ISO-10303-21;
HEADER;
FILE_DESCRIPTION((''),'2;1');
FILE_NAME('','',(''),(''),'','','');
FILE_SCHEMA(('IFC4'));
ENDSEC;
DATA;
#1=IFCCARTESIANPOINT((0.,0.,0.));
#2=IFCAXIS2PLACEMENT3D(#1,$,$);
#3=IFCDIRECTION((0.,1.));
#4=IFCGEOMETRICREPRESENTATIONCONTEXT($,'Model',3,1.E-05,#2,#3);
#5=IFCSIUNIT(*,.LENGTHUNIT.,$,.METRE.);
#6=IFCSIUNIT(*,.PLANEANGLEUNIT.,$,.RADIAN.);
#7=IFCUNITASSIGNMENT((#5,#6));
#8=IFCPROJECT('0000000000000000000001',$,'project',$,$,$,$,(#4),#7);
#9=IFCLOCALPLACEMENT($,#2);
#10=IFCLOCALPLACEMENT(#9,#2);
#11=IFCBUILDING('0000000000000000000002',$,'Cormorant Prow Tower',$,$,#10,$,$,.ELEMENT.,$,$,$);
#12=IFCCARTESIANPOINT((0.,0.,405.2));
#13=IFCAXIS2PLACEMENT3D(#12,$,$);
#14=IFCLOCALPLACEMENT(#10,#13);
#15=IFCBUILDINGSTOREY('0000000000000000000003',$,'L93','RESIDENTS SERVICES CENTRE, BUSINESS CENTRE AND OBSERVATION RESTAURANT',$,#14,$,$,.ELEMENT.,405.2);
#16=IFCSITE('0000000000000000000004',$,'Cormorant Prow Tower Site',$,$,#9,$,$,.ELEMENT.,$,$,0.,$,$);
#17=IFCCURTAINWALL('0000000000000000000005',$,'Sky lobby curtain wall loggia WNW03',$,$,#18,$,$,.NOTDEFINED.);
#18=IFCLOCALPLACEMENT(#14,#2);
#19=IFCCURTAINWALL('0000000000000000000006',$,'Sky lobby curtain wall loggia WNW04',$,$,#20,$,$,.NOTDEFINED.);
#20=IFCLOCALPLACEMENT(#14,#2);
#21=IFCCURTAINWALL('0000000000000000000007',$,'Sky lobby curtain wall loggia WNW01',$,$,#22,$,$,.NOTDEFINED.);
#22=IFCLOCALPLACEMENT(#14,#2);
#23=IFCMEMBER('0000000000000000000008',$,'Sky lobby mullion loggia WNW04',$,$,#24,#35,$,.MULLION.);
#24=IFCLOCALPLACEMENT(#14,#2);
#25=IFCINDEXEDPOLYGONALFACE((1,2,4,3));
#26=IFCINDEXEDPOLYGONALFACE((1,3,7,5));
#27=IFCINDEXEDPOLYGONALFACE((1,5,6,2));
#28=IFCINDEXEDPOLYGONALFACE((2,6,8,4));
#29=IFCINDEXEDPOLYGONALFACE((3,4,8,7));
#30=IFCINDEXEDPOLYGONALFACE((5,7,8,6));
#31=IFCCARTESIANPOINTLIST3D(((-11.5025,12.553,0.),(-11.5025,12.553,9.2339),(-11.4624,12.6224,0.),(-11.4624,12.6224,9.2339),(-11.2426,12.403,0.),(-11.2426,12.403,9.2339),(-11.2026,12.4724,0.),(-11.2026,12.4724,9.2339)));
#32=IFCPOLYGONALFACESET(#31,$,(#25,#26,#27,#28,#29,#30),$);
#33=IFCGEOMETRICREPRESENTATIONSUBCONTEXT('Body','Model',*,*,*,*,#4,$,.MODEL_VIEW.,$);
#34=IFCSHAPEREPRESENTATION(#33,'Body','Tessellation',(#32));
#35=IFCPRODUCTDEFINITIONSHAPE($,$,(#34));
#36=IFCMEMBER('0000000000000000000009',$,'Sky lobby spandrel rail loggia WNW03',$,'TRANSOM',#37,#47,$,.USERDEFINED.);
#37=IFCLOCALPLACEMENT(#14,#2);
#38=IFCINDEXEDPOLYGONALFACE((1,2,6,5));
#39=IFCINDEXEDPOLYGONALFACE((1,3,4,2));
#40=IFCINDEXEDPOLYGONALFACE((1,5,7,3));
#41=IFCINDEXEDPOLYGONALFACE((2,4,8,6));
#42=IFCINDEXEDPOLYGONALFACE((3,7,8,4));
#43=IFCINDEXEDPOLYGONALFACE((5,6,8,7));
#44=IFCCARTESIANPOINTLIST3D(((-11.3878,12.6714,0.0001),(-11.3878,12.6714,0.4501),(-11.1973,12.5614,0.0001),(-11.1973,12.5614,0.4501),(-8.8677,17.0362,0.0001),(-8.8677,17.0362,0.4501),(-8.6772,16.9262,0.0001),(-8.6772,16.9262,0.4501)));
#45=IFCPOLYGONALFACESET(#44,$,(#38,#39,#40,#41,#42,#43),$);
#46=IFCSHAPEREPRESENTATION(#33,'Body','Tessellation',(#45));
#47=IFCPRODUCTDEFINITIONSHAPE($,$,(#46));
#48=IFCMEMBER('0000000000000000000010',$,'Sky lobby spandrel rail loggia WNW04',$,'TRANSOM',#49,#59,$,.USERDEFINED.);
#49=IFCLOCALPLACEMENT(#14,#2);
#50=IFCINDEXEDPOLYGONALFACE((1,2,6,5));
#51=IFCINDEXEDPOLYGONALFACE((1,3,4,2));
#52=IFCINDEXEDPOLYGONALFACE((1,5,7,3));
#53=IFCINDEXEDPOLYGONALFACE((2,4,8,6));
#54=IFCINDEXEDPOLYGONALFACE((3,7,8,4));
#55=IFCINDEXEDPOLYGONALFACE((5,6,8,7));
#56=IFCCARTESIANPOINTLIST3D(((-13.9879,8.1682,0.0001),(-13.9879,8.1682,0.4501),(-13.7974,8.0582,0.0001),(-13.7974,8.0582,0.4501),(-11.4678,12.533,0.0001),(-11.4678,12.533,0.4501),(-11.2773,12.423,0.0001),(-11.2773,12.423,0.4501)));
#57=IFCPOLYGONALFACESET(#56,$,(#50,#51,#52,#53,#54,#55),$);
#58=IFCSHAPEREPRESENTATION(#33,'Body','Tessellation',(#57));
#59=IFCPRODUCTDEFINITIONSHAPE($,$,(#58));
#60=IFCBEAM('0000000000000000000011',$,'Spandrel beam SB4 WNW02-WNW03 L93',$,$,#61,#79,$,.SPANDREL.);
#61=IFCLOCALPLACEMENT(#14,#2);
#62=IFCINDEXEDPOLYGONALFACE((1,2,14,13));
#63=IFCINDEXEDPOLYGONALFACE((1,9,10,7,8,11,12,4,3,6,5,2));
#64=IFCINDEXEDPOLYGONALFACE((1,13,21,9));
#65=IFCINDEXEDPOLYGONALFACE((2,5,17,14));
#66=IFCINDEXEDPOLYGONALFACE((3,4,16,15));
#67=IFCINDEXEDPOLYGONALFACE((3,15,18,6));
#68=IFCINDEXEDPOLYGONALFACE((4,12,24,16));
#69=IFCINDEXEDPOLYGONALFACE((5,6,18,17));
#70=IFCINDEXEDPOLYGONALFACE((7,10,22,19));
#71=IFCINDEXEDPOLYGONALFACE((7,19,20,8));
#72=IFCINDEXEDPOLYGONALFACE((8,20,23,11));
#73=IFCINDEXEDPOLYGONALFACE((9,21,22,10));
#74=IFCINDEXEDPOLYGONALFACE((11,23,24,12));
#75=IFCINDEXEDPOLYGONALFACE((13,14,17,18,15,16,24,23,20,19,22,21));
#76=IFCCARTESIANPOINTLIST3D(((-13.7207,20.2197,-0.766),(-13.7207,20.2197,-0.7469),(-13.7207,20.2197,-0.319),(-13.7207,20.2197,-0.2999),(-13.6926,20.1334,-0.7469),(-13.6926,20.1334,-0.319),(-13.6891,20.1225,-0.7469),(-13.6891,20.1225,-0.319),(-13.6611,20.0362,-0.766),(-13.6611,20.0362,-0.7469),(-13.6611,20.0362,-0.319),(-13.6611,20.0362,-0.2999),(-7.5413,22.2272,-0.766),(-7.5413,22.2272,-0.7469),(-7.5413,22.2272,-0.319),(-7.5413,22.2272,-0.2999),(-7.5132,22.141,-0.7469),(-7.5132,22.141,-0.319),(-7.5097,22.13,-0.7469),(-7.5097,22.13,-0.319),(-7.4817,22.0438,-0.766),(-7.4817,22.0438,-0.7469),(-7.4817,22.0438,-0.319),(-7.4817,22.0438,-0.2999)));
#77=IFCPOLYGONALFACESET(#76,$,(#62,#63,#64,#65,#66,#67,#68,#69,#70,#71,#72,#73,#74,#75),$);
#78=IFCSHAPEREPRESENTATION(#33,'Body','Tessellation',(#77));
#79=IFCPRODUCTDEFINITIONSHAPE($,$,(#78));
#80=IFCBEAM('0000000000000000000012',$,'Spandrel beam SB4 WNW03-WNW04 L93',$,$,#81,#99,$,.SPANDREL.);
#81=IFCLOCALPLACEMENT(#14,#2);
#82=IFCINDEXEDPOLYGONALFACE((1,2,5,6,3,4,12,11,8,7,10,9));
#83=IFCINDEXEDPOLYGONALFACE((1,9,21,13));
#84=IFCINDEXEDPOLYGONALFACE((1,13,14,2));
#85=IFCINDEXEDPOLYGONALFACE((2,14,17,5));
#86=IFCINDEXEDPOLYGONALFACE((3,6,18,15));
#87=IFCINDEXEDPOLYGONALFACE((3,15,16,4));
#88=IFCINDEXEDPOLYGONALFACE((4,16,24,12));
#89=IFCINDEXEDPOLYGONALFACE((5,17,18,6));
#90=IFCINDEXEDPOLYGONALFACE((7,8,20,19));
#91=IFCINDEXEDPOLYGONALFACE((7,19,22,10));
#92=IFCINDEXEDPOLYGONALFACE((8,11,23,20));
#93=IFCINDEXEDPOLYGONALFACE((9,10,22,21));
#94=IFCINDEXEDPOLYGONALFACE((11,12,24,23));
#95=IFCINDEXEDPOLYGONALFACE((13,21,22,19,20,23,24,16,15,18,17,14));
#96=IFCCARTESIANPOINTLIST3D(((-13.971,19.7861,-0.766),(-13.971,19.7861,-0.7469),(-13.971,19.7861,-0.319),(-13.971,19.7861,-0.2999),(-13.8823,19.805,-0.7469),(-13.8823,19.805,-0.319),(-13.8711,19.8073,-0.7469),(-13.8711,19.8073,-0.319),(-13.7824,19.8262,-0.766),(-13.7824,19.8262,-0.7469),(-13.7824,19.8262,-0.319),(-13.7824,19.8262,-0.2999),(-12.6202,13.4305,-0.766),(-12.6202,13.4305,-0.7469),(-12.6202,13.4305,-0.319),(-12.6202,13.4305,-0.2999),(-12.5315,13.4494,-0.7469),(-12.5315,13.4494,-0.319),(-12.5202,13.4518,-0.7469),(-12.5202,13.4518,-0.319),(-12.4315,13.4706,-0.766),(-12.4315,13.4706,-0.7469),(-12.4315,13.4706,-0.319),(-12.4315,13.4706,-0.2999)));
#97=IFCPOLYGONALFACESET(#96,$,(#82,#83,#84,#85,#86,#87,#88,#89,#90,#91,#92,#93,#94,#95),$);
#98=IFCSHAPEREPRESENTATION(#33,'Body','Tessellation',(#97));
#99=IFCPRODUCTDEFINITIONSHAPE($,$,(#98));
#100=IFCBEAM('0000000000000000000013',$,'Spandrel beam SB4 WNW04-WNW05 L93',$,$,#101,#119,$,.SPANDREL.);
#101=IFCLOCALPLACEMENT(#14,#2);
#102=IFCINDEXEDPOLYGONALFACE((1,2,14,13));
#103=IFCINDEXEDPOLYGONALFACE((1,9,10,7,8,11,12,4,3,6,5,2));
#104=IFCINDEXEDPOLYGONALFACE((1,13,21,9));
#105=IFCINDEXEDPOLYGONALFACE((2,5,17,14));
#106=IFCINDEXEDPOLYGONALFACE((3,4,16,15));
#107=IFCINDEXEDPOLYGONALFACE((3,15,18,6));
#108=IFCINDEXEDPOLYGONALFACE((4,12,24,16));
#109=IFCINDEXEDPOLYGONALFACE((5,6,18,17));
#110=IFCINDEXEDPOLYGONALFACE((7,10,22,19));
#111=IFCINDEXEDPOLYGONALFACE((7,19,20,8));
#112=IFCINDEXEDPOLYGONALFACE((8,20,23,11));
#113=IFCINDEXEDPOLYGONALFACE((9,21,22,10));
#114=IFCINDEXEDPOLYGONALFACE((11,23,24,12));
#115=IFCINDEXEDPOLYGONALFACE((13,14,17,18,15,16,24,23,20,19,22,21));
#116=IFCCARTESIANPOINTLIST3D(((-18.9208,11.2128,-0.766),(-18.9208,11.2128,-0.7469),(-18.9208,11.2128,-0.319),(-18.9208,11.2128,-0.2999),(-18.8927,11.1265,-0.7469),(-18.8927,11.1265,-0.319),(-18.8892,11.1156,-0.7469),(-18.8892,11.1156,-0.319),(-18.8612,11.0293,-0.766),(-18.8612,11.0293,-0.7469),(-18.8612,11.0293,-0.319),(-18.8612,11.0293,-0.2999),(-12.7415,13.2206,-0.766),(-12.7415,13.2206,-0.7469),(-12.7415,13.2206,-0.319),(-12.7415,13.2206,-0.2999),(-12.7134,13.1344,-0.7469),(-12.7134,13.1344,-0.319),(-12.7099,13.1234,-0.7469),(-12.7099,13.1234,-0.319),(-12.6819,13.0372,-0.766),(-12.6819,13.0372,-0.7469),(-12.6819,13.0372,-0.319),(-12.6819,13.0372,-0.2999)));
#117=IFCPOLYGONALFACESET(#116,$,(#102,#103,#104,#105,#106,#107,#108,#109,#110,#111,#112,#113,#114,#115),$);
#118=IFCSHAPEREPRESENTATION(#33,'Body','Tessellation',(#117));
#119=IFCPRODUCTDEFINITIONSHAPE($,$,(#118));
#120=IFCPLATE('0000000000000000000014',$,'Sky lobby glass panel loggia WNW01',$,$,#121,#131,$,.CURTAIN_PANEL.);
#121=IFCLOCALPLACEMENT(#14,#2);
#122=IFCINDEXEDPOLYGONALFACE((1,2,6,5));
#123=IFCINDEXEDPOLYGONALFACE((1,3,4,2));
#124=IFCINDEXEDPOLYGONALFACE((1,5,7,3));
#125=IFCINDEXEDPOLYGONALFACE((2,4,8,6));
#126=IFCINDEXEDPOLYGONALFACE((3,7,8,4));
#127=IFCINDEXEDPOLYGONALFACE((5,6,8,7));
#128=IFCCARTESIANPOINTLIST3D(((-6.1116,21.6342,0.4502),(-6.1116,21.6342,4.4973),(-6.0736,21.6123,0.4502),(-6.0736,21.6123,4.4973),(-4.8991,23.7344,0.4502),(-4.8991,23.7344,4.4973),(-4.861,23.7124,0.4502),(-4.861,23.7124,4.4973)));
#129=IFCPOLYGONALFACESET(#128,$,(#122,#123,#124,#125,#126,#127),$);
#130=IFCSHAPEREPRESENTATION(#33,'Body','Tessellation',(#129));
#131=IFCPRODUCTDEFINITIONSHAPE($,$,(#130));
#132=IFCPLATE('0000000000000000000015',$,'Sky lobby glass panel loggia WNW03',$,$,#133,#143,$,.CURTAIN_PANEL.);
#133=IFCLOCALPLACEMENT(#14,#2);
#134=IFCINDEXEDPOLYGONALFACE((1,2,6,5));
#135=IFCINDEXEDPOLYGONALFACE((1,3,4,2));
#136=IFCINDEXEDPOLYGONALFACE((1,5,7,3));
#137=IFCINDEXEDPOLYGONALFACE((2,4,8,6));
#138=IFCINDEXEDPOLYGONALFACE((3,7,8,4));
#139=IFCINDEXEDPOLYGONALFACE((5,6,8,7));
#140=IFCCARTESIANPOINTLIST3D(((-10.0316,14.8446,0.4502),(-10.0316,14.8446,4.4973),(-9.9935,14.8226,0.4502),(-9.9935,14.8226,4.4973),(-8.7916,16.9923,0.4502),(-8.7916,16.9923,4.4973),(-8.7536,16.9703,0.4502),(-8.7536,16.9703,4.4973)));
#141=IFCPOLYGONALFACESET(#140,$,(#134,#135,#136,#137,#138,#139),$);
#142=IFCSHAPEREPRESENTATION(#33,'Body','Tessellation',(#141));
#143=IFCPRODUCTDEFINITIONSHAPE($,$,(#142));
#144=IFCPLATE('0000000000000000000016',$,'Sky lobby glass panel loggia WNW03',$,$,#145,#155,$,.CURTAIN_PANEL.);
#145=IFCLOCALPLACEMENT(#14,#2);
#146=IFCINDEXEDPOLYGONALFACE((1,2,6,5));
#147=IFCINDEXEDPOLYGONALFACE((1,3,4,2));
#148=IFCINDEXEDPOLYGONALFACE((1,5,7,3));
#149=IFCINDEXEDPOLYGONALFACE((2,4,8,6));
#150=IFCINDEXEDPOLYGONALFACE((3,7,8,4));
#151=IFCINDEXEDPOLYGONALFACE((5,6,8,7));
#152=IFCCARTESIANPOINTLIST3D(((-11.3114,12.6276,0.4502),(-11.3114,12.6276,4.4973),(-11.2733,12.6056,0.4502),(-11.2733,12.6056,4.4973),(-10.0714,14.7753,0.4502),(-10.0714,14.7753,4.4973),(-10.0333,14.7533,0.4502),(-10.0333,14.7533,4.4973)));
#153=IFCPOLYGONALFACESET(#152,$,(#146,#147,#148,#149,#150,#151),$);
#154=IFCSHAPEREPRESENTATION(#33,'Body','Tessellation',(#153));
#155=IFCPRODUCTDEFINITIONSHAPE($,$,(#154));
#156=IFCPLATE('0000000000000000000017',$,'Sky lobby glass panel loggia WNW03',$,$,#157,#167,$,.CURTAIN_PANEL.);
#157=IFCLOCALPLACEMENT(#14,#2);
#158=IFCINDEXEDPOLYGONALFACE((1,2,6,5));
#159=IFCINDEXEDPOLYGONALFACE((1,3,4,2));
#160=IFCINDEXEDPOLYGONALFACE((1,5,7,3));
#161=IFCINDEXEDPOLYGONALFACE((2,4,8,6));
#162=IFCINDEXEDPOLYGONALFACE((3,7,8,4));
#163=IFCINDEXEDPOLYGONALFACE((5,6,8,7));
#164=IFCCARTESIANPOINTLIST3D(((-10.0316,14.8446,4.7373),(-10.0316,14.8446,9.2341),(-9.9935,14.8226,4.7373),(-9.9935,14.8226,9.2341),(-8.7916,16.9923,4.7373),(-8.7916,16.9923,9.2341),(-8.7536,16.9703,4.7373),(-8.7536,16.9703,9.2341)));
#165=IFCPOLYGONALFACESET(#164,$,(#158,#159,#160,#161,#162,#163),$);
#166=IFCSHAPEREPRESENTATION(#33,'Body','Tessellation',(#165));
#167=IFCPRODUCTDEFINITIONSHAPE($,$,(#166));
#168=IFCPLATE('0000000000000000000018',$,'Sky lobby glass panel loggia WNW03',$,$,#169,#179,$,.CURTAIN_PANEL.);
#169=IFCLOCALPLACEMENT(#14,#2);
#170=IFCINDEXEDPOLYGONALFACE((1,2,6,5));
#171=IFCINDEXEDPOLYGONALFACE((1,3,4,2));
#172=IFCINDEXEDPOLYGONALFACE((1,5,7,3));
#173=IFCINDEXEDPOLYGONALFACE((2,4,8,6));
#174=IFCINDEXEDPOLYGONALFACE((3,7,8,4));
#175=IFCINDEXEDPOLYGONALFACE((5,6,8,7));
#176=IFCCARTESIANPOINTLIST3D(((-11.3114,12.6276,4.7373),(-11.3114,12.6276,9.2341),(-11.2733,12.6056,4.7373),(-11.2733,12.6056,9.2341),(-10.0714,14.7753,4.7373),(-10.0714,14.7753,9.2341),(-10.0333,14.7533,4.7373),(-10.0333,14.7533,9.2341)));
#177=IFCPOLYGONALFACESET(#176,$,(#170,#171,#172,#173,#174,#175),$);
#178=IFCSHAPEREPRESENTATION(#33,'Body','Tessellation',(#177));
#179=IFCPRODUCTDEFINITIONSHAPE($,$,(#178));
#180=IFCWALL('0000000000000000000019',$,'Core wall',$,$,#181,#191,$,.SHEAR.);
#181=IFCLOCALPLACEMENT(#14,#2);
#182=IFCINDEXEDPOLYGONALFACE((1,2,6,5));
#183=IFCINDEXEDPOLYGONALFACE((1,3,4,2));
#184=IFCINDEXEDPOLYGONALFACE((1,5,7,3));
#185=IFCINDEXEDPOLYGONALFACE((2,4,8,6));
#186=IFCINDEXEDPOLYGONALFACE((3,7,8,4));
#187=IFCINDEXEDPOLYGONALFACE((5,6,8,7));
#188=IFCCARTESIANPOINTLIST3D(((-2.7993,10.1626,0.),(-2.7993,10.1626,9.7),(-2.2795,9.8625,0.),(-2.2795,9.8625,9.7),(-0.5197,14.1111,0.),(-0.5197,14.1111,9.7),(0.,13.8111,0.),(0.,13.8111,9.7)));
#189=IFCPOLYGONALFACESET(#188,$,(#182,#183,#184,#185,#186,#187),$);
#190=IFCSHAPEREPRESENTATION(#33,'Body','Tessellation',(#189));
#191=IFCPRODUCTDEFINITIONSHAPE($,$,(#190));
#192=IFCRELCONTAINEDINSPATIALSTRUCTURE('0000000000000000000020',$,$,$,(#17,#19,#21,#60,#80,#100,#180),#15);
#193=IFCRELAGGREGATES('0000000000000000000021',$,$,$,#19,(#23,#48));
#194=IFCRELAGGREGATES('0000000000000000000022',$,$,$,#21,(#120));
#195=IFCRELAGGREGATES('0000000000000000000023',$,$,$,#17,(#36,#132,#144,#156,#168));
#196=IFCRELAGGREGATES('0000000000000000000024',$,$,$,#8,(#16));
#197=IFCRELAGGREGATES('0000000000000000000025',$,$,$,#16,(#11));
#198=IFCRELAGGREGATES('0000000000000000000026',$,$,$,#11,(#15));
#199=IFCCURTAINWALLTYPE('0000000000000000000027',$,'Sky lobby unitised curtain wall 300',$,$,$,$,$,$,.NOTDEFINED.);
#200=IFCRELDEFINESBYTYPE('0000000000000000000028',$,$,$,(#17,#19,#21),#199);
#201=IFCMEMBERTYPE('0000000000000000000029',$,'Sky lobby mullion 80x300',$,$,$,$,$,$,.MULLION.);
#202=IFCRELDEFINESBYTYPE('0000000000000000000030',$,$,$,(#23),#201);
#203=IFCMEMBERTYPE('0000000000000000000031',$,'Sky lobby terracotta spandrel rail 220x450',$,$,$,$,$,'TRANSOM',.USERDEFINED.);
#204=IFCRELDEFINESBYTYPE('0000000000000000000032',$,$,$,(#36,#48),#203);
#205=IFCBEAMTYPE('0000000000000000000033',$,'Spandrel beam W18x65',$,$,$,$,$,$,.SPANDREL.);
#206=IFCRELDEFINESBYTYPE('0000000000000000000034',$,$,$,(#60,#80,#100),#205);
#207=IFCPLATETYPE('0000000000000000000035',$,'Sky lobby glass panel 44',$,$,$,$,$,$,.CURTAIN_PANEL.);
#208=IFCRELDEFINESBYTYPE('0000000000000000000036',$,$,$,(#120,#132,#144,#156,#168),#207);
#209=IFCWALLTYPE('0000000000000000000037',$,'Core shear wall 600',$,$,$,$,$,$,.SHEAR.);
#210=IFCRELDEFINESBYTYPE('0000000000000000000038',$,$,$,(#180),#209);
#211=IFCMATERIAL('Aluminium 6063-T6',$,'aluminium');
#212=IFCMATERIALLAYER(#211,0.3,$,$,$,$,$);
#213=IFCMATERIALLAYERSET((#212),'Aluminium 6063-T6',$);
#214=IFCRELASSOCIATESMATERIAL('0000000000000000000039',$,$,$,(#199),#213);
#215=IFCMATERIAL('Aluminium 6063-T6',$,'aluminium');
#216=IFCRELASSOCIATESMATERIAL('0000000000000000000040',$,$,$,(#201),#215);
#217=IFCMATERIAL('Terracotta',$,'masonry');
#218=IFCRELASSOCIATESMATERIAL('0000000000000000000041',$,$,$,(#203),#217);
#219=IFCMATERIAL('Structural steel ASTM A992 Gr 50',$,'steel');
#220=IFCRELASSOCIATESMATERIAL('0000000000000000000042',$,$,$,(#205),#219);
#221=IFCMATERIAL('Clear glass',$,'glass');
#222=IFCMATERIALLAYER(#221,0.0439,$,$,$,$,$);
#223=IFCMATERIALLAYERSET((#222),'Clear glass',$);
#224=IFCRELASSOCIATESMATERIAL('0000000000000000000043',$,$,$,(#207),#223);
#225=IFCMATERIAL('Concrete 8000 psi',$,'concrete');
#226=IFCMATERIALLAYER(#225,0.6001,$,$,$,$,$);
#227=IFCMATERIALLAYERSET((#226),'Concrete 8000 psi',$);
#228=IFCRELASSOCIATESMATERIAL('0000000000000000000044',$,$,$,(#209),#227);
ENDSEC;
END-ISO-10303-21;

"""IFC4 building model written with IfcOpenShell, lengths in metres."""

from ifc_helpers import new_model, si_unit, direction, frame, frame_2d, origin, origin_2d, place, context, subcontext, project, spatial, rectangle, i_section, extrude, material, layer, layer_set, material_profile, profile_set, type_object, element, aggregate, save


model = new_model("IFC4")

# Units and contexts
model_context = context("Model", 3, precision=1e-05, world=origin(), true_north=direction((0.0, 1.0)))
body_context = subcontext(model_context, "Body", "Model", "MODEL_VIEW")
ifc_project = project(units=[si_unit("LENGTHUNIT", "METRE"), si_unit("PLANEANGLEUNIT", "RADIAN")], contexts=[model_context])

# Site, building, storey
site_placement = place(None, origin())
site = spatial("IfcSite", under=ifc_project, at=site_placement, Name="Cormorant Prow Tower Site", CompositionType="ELEMENT", RefElevation=0.0)
building_placement = place(site_placement, origin())
building = spatial("IfcBuilding", under=site, at=building_placement, Name="Cormorant Prow Tower", CompositionType="ELEMENT")
storey_placement = place(building_placement, frame((0.0, 0.0, 405.2)))
storey = spatial("IfcBuildingStorey", under=building, at=storey_placement, Name="L93", Description="RESIDENTS SERVICES CENTRE, BUSINESS CENTRE AND OBSERVATION RESTAURANT", CompositionType="ELEMENT", Elevation=405.2)

# Curtain wall
ifc_material_1 = material(Name="Aluminium 6063-T6", Category="aluminium")
ifc_layer_1 = layer(ifc_material_1, 0.3)
ifc_layer_set_1 = layer_set([ifc_layer_1], Name="Aluminium 6063-T6")
curtain_wall_type = type_object("IfcCurtainWallType", Name="Sky lobby unitised curtain wall 300", PredefinedType="NOTDEFINED", material=ifc_layer_set_1)
curtain_wall_1_placement = place(storey_placement, origin())
curtain_wall_1 = element("IfcCurtainWall", 1, at=curtain_wall_1_placement, inside=storey, type_object=curtain_wall_type, Name="Sky lobby curtain wall loggia WNW03", PredefinedType="NOTDEFINED")

# Curtain walls
curtain_wall_2_placement = place(storey_placement, origin())
curtain_wall_2 = element("IfcCurtainWall", 2, at=curtain_wall_2_placement, inside=storey, type_object=curtain_wall_type, Name="Sky lobby curtain wall loggia WNW04", PredefinedType="NOTDEFINED")
curtain_wall_3_placement = place(storey_placement, origin())
curtain_wall_3 = element("IfcCurtainWall", 3, at=curtain_wall_3_placement, inside=storey, type_object=curtain_wall_type, Name="Sky lobby curtain wall loggia WNW01", PredefinedType="NOTDEFINED")
ifc_material_2 = material(Name="Aluminium 6063-T6", Category="aluminium")
ifc_material_profile_1 = material_profile(ifc_material_2, rectangle(XDim=0.3, YDim=0.0801, at=origin_2d()), Name="Sky lobby mullion 80x300")
ifc_profile_set_1 = profile_set([ifc_material_profile_1], Name="Aluminium 6063-T6")
member_type_1 = type_object("IfcMemberType", Name="Sky lobby mullion 80x300", PredefinedType="MULLION", material=ifc_profile_set_1)

# Members
member_1_placement = place(storey_placement, frame((-11.3525, 12.5127, 0.0), z_axis=(0.0, 0.0, 1.0), x_axis=(0.866025, -0.5, 0.0)))
member_1 = element("IfcMember", 4, at=member_1_placement, type_object=member_type_1, Name="Sky lobby mullion loggia WNW04", PredefinedType="MULLION", context=body_context, shape_type="SweptSolid", body=[
    extrude(rectangle(XDim=0.3, YDim=0.0801, at=origin_2d()), origin(), (0.0, 0.0, 1.0), 9.2339),
])
ifc_material_3 = material(Name="Terracotta", Category="masonry")
ifc_material_profile_2 = material_profile(ifc_material_3, rectangle(XDim=0.22, YDim=0.45, at=origin_2d()), Name="Sky lobby terracotta spandrel rail 220x450")
ifc_profile_set_2 = profile_set([ifc_material_profile_2], Name="Terracotta")
member_type_2 = type_object("IfcMemberType", Name="Sky lobby terracotta spandrel rail 220x450", ElementType="TRANSOM", PredefinedType="USERDEFINED", material=ifc_profile_set_2)
member_2_placement = place(storey_placement, frame((-8.7725, 16.9812, 0.2251), z_axis=(-0.500005, -0.866023, 0.0), x_axis=(0.866023, -0.500005, 0.0)))
member_2 = element("IfcMember", 5, at=member_2_placement, type_object=member_type_2, Name="Sky lobby spandrel rail loggia WNW03", ObjectType="TRANSOM", PredefinedType="USERDEFINED", context=body_context, shape_type="SweptSolid", body=[
    extrude(rectangle(XDim=0.22, YDim=0.45, at=origin_2d()), origin(), (0.0, 0.0, 1.0), 5.04),
])
member_3_placement = place(storey_placement, frame((-11.3726, 12.478, 0.2251), z_axis=(-0.500005, -0.866023, 0.0), x_axis=(0.866023, -0.500005, 0.0)))
member_3 = element("IfcMember", 6, at=member_3_placement, type_object=member_type_2, Name="Sky lobby spandrel rail loggia WNW04", ObjectType="TRANSOM", PredefinedType="USERDEFINED", context=body_context, shape_type="SweptSolid", body=[
    extrude(rectangle(XDim=0.22, YDim=0.45, at=origin_2d()), origin(), (0.0, 0.0, 1.0), 5.04),
])
aggregate(curtain_wall_2, [member_1, member_3])

# Beams
ifc_material_4 = material(Name="Structural steel ASTM A992 Gr 50", Category="steel")
ifc_material_profile_3 = material_profile(ifc_material_4, i_section(OverallWidth=0.1929, OverallDepth=0.4661, WebThickness=0.0115, FlangeThickness=0.019, at=origin_2d()), Name="W18x65")
ifc_profile_set_3 = profile_set([ifc_material_profile_3], Name="Structural steel ASTM A992 Gr 50")
beam_type_1 = type_object("IfcBeamType", Name="Spandrel beam W18x65", PredefinedType="SPANDREL", material=ifc_profile_set_3)
beam_1_placement = place(storey_placement, frame((-7.5115, 22.1355, -0.533), z_axis=(-0.951068, -0.308982, 0.0), x_axis=(0.308982, -0.951068, 0.0)))
element("IfcBeam", 7, at=beam_1_placement, inside=storey, type_object=beam_type_1, Name="Spandrel beam SB4 WNW02-WNW03 L93", PredefinedType="SPANDREL", context=body_context, shape_type="SweptSolid", body=[
    extrude(i_section(OverallWidth=0.1929, OverallDepth=0.4661, WebThickness=0.0115, FlangeThickness=0.019, at=origin_2d()), origin(), (0.0, 0.0, 1.0), 6.4973),
])
beam_2_placement = place(storey_placement, frame((-13.8767, 19.8062, -0.533), z_axis=(0.207902, -0.97815, 0.0), x_axis=(0.97815, 0.207902, 0.0)))
element("IfcBeam", 8, at=beam_2_placement, inside=storey, type_object=beam_type_1, Name="Spandrel beam SB4 WNW03-WNW04 L93", PredefinedType="SPANDREL", context=body_context, shape_type="SweptSolid", body=[
    extrude(i_section(OverallWidth=0.1929, OverallDepth=0.4661, WebThickness=0.0115, FlangeThickness=0.019, at=origin_2d()), origin(), (0.0, 0.0, 1.0), 6.4976),
])
beam_3_placement = place(storey_placement, frame((-12.7117, 13.1289, -0.533), z_axis=(-0.951053, -0.309027, 0.0), x_axis=(0.309027, -0.951053, 0.0)))
element("IfcBeam", 9, at=beam_3_placement, inside=storey, type_object=beam_type_1, Name="Spandrel beam SB4 WNW04-WNW05 L93", PredefinedType="SPANDREL", context=body_context, shape_type="SweptSolid", body=[
    extrude(i_section(OverallWidth=0.1929, OverallDepth=0.4661, WebThickness=0.0115, FlangeThickness=0.019, at=origin_2d()), origin(), (0.0, 0.0, 1.0), 6.4973),
])

# Plates
ifc_material_5 = material(Name="Clear glass", Category="glass")
ifc_layer_2 = layer(ifc_material_5, 0.0439)
ifc_layer_set_2 = layer_set([ifc_layer_2], Name="Clear glass")
plate_type = type_object("IfcPlateType", Name="Sky lobby glass panel 44", PredefinedType="CURTAIN_PANEL", material=ifc_layer_set_2)
plate_1_placement = place(storey_placement, frame((-5.4863, 22.6733, 0.4502), z_axis=(0.0, 0.0, 1.0), x_axis=(-0.5, -0.866025, 0.0)))
plate_1 = element("IfcPlate", 10, at=plate_1_placement, type_object=plate_type, Name="Sky lobby glass panel loggia WNW01", PredefinedType="CURTAIN_PANEL", context=body_context, shape_type="SweptSolid", body=[
    extrude(rectangle(XDim=2.425, YDim=0.0439, at=origin_2d()), origin(), (0.0, 0.0, 1.0), 4.0471),
])
aggregate(curtain_wall_3, [plate_1])
plate_2_placement = place(storey_placement, frame((-9.3926, 15.9075, 0.4502), z_axis=(0.0, 0.0, 1.0), x_axis=(-0.5, -0.866025, 0.0)))
plate_2 = element("IfcPlate", 11, at=plate_2_placement, type_object=plate_type, Name="Sky lobby glass panel loggia WNW03", PredefinedType="CURTAIN_PANEL", context=body_context, shape_type="SweptSolid", body=[
    extrude(rectangle(XDim=2.48, YDim=0.0439, at=origin_2d()), origin(), (0.0, 0.0, 1.0), 4.0471),
])
plate_3_placement = place(storey_placement, frame((-10.6724, 13.6904, 0.4502), z_axis=(0.0, 0.0, 1.0), x_axis=(-0.5, -0.866025, 0.0)))
plate_3 = element("IfcPlate", 12, at=plate_3_placement, type_object=plate_type, Name="Sky lobby glass panel loggia WNW03", PredefinedType="CURTAIN_PANEL", context=body_context, shape_type="SweptSolid", body=[
    extrude(rectangle(XDim=2.48, YDim=0.0439, at=origin_2d()), origin(), (0.0, 0.0, 1.0), 4.0471),
])
plate_4_placement = place(storey_placement, frame((-9.3926, 15.9075, 4.7373), z_axis=(0.0, 0.0, 1.0), x_axis=(-0.5, -0.866025, 0.0)))
plate_4 = element("IfcPlate", 13, at=plate_4_placement, type_object=plate_type, Name="Sky lobby glass panel loggia WNW03", PredefinedType="CURTAIN_PANEL", context=body_context, shape_type="SweptSolid", body=[
    extrude(rectangle(XDim=2.48, YDim=0.0439, at=origin_2d()), origin(), (0.0, 0.0, 1.0), 4.4968),
])
plate_5_placement = place(storey_placement, frame((-10.6724, 13.6904, 4.7373), z_axis=(0.0, 0.0, 1.0), x_axis=(-0.5, -0.866025, 0.0)))
plate_5 = element("IfcPlate", 14, at=plate_5_placement, type_object=plate_type, Name="Sky lobby glass panel loggia WNW03", PredefinedType="CURTAIN_PANEL", context=body_context, shape_type="SweptSolid", body=[
    extrude(rectangle(XDim=2.48, YDim=0.0439, at=origin_2d()), origin(), (0.0, 0.0, 1.0), 4.4968),
])
aggregate(curtain_wall_1, [member_2, plate_2, plate_3, plate_4, plate_5])

# Wall
ifc_material_6 = material(Name="Concrete 8000 psi", Category="concrete")
ifc_layer_3 = layer(ifc_material_6, 0.6001)
ifc_layer_set_3 = layer_set([ifc_layer_3], Name="Concrete 8000 psi")
wall_type_1 = type_object("IfcWallType", Name="Core shear wall 600", PredefinedType="SHEAR", material=ifc_layer_set_3)
wall_1_placement = place(storey_placement, frame((-0.2598, 13.9612, 0.0), z_axis=(0.0, 0.0, 1.0), x_axis=(-0.49998, -0.866037, 0.0)))
element("IfcWall", 15, at=wall_1_placement, inside=storey, type_object=wall_type_1, Name="Core wall", PredefinedType="SHEAR", context=body_context, shape_type="SweptSolid", body=[
    extrude(rectangle(XDim=4.5593, YDim=0.6001, at=frame_2d((2.2798, 0.0))), origin(), (0.0, 0.0, 1.0), 9.7),
])

save(model, "model.ifc")
